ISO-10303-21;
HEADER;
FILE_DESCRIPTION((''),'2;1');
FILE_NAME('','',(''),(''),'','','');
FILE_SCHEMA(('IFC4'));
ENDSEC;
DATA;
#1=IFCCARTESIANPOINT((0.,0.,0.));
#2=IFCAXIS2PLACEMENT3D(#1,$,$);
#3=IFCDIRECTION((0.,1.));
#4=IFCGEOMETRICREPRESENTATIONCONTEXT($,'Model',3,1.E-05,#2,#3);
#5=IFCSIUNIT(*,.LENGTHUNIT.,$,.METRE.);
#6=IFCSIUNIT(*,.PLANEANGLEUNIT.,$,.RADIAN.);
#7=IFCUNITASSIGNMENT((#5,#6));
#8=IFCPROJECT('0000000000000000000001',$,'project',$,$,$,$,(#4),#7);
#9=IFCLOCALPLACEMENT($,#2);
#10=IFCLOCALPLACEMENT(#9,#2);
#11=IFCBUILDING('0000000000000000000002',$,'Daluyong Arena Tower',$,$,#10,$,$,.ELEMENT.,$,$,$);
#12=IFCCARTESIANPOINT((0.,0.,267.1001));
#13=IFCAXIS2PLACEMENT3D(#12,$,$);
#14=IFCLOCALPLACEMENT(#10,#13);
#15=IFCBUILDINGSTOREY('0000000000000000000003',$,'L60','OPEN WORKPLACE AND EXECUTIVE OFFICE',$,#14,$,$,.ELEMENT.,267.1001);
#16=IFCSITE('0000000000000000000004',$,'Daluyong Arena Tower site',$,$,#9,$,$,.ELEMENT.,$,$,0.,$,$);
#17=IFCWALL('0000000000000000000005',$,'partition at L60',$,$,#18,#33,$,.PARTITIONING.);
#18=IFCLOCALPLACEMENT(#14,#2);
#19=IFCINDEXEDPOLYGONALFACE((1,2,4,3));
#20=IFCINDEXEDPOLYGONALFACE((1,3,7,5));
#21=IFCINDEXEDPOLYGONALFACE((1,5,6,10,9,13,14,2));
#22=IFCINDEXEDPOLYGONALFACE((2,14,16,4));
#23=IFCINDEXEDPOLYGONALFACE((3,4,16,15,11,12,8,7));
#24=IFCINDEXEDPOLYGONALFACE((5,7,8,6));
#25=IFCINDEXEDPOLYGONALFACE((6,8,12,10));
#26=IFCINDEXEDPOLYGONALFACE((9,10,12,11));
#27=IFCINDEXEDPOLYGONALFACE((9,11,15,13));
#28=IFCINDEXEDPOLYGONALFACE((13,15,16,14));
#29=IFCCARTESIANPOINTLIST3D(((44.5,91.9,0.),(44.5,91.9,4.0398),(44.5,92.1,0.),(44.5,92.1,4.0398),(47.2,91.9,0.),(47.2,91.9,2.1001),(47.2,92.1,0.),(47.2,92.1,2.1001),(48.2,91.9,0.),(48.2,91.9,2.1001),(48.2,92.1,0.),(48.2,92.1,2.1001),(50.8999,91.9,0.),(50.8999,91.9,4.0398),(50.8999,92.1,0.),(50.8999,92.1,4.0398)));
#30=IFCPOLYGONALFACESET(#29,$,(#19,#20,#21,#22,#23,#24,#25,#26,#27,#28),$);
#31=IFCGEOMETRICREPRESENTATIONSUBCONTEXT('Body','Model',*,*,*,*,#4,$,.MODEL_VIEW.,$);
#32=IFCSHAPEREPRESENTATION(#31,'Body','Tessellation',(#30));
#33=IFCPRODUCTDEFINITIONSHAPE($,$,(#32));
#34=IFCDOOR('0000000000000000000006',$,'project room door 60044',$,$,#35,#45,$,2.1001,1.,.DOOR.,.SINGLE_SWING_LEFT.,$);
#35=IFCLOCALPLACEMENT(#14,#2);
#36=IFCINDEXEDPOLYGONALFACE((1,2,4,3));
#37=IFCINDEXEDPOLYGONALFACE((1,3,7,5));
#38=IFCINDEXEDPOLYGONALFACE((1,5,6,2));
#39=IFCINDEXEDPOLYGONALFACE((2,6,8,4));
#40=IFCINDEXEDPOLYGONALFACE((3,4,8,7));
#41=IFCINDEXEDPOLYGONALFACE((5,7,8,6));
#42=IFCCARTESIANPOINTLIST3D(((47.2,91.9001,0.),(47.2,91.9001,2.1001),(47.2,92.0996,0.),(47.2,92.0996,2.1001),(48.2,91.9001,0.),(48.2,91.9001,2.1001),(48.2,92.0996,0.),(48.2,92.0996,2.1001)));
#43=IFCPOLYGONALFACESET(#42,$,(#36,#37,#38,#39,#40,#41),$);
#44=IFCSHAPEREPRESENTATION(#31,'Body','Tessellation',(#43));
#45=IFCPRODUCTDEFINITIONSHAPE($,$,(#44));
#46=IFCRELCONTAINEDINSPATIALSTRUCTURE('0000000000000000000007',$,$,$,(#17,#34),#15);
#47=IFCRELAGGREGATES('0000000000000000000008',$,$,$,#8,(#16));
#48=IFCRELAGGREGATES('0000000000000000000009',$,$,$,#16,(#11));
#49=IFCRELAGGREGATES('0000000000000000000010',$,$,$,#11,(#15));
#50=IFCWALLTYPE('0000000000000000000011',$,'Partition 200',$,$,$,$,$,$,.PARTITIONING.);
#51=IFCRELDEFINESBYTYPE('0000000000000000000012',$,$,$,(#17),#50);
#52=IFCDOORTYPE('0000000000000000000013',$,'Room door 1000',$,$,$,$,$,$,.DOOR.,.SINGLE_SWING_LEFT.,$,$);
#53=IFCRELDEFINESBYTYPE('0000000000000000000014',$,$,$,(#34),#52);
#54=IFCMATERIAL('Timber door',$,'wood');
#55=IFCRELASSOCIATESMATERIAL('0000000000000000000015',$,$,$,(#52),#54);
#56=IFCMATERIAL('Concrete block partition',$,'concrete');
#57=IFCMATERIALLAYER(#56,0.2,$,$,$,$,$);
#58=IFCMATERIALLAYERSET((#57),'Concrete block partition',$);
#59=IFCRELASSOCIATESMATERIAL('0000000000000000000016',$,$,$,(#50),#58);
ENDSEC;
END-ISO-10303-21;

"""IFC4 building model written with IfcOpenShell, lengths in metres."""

from ifc_helpers import new_model, si_unit, direction, frame, frame_2d, origin, place, context, subcontext, project, spatial, rectangle, extrude, material, layer, layer_set, type_object, element, fill, save


model = new_model("IFC4")

# Units and contexts
model_context = context("Model", 3, precision=1e-05, world=origin(), true_north=direction((0.0, 1.0)))
body_context = subcontext(model_context, "Body", "Model", "MODEL_VIEW")
ifc_project = project(units=[si_unit("LENGTHUNIT", "METRE"), si_unit("PLANEANGLEUNIT", "RADIAN")], contexts=[model_context])

# Site, building, storey
site_placement = place(None, origin())
site = spatial("IfcSite", under=ifc_project, at=site_placement, Name="Daluyong Arena Tower site", CompositionType="ELEMENT", RefElevation=0.0)
building_placement = place(site_placement, origin())
building = spatial("IfcBuilding", under=site, at=building_placement, Name="Daluyong Arena Tower", CompositionType="ELEMENT")
storey_placement = place(building_placement, frame((0.0, 0.0, 267.1001)))
storey = spatial("IfcBuildingStorey", under=building, at=storey_placement, Name="L60", Description="OPEN WORKPLACE AND EXECUTIVE OFFICE", CompositionType="ELEMENT", Elevation=267.1001)

# Shared definitions
ifc_material_1 = material(Name="Timber door", Category="wood")
door_type_1 = type_object("IfcDoorType", Name="Room door 1000", OperationType="SINGLE_SWING_LEFT", PredefinedType="DOOR", material=ifc_material_1)

# Shared definitions
ifc_material_2 = material(Name="Concrete block partition", Category="concrete")
ifc_layer_1 = layer(ifc_material_2, 0.2)
ifc_layer_set_1 = layer_set([ifc_layer_1], Name="Concrete block partition")
wall_type_1 = type_object("IfcWallType", Name="Partition 200", PredefinedType="PARTITIONING", material=ifc_layer_set_1)

# Wall, opening, door
wall_1_placement = place(storey_placement, frame((44.5, 92.0, 0.0), z_axis=(0.0, 0.0, 1.0), x_axis=(1.0, 0.0, 0.0)))
wall_1 = element("IfcWall", 1, at=wall_1_placement, inside=storey, type_object=wall_type_1, Name="partition at L60", PredefinedType="PARTITIONING", context=body_context, shape_type="SweptSolid", body=[
    extrude(rectangle(XDim=6.3999, YDim=0.2, at=frame_2d((3.2, 0.0))), origin(), (0.0, 0.0, 1.0), 4.0398),
])
opening_1_placement = place(wall_1_placement, frame((2.7, 0.0, 0.0)))
opening_1 = element("IfcOpeningElement", 2, at=opening_1_placement, cuts=wall_1, PredefinedType="OPENING", context=body_context, shape_type="SweptSolid", body=[
    extrude(rectangle(XDim=1.0, YDim=2.1001, at=frame_2d((0.5, 1.05))), frame((0.0, 0.1099, 0.0), z_axis=(0.0, -1.0, 0.0), x_axis=(1.0, 0.0, 0.0)), (0.0, 0.0, 1.0), 0.22),
])
door_1_placement = place(opening_1_placement, origin())
door_1 = element("IfcDoor", 3, at=door_1_placement, inside=storey, type_object=door_type_1, Name="project room door 60044", OperationType="SINGLE_SWING_LEFT", OverallHeight=2.1001, OverallWidth=1.0, PredefinedType="DOOR", context=body_context, shape_type="SweptSolid", body=[
    extrude(rectangle(XDim=1.0, YDim=2.1001, at=frame_2d((0.5, 1.05))), frame((0.0, 0.0996, 0.0), z_axis=(0.0, -1.0, 0.0), x_axis=(1.0, 0.0, 0.0)), (0.0, 0.0, 1.0), 0.1995),
])
fill(opening_1, door_1)

save(model, "model.ifc")
